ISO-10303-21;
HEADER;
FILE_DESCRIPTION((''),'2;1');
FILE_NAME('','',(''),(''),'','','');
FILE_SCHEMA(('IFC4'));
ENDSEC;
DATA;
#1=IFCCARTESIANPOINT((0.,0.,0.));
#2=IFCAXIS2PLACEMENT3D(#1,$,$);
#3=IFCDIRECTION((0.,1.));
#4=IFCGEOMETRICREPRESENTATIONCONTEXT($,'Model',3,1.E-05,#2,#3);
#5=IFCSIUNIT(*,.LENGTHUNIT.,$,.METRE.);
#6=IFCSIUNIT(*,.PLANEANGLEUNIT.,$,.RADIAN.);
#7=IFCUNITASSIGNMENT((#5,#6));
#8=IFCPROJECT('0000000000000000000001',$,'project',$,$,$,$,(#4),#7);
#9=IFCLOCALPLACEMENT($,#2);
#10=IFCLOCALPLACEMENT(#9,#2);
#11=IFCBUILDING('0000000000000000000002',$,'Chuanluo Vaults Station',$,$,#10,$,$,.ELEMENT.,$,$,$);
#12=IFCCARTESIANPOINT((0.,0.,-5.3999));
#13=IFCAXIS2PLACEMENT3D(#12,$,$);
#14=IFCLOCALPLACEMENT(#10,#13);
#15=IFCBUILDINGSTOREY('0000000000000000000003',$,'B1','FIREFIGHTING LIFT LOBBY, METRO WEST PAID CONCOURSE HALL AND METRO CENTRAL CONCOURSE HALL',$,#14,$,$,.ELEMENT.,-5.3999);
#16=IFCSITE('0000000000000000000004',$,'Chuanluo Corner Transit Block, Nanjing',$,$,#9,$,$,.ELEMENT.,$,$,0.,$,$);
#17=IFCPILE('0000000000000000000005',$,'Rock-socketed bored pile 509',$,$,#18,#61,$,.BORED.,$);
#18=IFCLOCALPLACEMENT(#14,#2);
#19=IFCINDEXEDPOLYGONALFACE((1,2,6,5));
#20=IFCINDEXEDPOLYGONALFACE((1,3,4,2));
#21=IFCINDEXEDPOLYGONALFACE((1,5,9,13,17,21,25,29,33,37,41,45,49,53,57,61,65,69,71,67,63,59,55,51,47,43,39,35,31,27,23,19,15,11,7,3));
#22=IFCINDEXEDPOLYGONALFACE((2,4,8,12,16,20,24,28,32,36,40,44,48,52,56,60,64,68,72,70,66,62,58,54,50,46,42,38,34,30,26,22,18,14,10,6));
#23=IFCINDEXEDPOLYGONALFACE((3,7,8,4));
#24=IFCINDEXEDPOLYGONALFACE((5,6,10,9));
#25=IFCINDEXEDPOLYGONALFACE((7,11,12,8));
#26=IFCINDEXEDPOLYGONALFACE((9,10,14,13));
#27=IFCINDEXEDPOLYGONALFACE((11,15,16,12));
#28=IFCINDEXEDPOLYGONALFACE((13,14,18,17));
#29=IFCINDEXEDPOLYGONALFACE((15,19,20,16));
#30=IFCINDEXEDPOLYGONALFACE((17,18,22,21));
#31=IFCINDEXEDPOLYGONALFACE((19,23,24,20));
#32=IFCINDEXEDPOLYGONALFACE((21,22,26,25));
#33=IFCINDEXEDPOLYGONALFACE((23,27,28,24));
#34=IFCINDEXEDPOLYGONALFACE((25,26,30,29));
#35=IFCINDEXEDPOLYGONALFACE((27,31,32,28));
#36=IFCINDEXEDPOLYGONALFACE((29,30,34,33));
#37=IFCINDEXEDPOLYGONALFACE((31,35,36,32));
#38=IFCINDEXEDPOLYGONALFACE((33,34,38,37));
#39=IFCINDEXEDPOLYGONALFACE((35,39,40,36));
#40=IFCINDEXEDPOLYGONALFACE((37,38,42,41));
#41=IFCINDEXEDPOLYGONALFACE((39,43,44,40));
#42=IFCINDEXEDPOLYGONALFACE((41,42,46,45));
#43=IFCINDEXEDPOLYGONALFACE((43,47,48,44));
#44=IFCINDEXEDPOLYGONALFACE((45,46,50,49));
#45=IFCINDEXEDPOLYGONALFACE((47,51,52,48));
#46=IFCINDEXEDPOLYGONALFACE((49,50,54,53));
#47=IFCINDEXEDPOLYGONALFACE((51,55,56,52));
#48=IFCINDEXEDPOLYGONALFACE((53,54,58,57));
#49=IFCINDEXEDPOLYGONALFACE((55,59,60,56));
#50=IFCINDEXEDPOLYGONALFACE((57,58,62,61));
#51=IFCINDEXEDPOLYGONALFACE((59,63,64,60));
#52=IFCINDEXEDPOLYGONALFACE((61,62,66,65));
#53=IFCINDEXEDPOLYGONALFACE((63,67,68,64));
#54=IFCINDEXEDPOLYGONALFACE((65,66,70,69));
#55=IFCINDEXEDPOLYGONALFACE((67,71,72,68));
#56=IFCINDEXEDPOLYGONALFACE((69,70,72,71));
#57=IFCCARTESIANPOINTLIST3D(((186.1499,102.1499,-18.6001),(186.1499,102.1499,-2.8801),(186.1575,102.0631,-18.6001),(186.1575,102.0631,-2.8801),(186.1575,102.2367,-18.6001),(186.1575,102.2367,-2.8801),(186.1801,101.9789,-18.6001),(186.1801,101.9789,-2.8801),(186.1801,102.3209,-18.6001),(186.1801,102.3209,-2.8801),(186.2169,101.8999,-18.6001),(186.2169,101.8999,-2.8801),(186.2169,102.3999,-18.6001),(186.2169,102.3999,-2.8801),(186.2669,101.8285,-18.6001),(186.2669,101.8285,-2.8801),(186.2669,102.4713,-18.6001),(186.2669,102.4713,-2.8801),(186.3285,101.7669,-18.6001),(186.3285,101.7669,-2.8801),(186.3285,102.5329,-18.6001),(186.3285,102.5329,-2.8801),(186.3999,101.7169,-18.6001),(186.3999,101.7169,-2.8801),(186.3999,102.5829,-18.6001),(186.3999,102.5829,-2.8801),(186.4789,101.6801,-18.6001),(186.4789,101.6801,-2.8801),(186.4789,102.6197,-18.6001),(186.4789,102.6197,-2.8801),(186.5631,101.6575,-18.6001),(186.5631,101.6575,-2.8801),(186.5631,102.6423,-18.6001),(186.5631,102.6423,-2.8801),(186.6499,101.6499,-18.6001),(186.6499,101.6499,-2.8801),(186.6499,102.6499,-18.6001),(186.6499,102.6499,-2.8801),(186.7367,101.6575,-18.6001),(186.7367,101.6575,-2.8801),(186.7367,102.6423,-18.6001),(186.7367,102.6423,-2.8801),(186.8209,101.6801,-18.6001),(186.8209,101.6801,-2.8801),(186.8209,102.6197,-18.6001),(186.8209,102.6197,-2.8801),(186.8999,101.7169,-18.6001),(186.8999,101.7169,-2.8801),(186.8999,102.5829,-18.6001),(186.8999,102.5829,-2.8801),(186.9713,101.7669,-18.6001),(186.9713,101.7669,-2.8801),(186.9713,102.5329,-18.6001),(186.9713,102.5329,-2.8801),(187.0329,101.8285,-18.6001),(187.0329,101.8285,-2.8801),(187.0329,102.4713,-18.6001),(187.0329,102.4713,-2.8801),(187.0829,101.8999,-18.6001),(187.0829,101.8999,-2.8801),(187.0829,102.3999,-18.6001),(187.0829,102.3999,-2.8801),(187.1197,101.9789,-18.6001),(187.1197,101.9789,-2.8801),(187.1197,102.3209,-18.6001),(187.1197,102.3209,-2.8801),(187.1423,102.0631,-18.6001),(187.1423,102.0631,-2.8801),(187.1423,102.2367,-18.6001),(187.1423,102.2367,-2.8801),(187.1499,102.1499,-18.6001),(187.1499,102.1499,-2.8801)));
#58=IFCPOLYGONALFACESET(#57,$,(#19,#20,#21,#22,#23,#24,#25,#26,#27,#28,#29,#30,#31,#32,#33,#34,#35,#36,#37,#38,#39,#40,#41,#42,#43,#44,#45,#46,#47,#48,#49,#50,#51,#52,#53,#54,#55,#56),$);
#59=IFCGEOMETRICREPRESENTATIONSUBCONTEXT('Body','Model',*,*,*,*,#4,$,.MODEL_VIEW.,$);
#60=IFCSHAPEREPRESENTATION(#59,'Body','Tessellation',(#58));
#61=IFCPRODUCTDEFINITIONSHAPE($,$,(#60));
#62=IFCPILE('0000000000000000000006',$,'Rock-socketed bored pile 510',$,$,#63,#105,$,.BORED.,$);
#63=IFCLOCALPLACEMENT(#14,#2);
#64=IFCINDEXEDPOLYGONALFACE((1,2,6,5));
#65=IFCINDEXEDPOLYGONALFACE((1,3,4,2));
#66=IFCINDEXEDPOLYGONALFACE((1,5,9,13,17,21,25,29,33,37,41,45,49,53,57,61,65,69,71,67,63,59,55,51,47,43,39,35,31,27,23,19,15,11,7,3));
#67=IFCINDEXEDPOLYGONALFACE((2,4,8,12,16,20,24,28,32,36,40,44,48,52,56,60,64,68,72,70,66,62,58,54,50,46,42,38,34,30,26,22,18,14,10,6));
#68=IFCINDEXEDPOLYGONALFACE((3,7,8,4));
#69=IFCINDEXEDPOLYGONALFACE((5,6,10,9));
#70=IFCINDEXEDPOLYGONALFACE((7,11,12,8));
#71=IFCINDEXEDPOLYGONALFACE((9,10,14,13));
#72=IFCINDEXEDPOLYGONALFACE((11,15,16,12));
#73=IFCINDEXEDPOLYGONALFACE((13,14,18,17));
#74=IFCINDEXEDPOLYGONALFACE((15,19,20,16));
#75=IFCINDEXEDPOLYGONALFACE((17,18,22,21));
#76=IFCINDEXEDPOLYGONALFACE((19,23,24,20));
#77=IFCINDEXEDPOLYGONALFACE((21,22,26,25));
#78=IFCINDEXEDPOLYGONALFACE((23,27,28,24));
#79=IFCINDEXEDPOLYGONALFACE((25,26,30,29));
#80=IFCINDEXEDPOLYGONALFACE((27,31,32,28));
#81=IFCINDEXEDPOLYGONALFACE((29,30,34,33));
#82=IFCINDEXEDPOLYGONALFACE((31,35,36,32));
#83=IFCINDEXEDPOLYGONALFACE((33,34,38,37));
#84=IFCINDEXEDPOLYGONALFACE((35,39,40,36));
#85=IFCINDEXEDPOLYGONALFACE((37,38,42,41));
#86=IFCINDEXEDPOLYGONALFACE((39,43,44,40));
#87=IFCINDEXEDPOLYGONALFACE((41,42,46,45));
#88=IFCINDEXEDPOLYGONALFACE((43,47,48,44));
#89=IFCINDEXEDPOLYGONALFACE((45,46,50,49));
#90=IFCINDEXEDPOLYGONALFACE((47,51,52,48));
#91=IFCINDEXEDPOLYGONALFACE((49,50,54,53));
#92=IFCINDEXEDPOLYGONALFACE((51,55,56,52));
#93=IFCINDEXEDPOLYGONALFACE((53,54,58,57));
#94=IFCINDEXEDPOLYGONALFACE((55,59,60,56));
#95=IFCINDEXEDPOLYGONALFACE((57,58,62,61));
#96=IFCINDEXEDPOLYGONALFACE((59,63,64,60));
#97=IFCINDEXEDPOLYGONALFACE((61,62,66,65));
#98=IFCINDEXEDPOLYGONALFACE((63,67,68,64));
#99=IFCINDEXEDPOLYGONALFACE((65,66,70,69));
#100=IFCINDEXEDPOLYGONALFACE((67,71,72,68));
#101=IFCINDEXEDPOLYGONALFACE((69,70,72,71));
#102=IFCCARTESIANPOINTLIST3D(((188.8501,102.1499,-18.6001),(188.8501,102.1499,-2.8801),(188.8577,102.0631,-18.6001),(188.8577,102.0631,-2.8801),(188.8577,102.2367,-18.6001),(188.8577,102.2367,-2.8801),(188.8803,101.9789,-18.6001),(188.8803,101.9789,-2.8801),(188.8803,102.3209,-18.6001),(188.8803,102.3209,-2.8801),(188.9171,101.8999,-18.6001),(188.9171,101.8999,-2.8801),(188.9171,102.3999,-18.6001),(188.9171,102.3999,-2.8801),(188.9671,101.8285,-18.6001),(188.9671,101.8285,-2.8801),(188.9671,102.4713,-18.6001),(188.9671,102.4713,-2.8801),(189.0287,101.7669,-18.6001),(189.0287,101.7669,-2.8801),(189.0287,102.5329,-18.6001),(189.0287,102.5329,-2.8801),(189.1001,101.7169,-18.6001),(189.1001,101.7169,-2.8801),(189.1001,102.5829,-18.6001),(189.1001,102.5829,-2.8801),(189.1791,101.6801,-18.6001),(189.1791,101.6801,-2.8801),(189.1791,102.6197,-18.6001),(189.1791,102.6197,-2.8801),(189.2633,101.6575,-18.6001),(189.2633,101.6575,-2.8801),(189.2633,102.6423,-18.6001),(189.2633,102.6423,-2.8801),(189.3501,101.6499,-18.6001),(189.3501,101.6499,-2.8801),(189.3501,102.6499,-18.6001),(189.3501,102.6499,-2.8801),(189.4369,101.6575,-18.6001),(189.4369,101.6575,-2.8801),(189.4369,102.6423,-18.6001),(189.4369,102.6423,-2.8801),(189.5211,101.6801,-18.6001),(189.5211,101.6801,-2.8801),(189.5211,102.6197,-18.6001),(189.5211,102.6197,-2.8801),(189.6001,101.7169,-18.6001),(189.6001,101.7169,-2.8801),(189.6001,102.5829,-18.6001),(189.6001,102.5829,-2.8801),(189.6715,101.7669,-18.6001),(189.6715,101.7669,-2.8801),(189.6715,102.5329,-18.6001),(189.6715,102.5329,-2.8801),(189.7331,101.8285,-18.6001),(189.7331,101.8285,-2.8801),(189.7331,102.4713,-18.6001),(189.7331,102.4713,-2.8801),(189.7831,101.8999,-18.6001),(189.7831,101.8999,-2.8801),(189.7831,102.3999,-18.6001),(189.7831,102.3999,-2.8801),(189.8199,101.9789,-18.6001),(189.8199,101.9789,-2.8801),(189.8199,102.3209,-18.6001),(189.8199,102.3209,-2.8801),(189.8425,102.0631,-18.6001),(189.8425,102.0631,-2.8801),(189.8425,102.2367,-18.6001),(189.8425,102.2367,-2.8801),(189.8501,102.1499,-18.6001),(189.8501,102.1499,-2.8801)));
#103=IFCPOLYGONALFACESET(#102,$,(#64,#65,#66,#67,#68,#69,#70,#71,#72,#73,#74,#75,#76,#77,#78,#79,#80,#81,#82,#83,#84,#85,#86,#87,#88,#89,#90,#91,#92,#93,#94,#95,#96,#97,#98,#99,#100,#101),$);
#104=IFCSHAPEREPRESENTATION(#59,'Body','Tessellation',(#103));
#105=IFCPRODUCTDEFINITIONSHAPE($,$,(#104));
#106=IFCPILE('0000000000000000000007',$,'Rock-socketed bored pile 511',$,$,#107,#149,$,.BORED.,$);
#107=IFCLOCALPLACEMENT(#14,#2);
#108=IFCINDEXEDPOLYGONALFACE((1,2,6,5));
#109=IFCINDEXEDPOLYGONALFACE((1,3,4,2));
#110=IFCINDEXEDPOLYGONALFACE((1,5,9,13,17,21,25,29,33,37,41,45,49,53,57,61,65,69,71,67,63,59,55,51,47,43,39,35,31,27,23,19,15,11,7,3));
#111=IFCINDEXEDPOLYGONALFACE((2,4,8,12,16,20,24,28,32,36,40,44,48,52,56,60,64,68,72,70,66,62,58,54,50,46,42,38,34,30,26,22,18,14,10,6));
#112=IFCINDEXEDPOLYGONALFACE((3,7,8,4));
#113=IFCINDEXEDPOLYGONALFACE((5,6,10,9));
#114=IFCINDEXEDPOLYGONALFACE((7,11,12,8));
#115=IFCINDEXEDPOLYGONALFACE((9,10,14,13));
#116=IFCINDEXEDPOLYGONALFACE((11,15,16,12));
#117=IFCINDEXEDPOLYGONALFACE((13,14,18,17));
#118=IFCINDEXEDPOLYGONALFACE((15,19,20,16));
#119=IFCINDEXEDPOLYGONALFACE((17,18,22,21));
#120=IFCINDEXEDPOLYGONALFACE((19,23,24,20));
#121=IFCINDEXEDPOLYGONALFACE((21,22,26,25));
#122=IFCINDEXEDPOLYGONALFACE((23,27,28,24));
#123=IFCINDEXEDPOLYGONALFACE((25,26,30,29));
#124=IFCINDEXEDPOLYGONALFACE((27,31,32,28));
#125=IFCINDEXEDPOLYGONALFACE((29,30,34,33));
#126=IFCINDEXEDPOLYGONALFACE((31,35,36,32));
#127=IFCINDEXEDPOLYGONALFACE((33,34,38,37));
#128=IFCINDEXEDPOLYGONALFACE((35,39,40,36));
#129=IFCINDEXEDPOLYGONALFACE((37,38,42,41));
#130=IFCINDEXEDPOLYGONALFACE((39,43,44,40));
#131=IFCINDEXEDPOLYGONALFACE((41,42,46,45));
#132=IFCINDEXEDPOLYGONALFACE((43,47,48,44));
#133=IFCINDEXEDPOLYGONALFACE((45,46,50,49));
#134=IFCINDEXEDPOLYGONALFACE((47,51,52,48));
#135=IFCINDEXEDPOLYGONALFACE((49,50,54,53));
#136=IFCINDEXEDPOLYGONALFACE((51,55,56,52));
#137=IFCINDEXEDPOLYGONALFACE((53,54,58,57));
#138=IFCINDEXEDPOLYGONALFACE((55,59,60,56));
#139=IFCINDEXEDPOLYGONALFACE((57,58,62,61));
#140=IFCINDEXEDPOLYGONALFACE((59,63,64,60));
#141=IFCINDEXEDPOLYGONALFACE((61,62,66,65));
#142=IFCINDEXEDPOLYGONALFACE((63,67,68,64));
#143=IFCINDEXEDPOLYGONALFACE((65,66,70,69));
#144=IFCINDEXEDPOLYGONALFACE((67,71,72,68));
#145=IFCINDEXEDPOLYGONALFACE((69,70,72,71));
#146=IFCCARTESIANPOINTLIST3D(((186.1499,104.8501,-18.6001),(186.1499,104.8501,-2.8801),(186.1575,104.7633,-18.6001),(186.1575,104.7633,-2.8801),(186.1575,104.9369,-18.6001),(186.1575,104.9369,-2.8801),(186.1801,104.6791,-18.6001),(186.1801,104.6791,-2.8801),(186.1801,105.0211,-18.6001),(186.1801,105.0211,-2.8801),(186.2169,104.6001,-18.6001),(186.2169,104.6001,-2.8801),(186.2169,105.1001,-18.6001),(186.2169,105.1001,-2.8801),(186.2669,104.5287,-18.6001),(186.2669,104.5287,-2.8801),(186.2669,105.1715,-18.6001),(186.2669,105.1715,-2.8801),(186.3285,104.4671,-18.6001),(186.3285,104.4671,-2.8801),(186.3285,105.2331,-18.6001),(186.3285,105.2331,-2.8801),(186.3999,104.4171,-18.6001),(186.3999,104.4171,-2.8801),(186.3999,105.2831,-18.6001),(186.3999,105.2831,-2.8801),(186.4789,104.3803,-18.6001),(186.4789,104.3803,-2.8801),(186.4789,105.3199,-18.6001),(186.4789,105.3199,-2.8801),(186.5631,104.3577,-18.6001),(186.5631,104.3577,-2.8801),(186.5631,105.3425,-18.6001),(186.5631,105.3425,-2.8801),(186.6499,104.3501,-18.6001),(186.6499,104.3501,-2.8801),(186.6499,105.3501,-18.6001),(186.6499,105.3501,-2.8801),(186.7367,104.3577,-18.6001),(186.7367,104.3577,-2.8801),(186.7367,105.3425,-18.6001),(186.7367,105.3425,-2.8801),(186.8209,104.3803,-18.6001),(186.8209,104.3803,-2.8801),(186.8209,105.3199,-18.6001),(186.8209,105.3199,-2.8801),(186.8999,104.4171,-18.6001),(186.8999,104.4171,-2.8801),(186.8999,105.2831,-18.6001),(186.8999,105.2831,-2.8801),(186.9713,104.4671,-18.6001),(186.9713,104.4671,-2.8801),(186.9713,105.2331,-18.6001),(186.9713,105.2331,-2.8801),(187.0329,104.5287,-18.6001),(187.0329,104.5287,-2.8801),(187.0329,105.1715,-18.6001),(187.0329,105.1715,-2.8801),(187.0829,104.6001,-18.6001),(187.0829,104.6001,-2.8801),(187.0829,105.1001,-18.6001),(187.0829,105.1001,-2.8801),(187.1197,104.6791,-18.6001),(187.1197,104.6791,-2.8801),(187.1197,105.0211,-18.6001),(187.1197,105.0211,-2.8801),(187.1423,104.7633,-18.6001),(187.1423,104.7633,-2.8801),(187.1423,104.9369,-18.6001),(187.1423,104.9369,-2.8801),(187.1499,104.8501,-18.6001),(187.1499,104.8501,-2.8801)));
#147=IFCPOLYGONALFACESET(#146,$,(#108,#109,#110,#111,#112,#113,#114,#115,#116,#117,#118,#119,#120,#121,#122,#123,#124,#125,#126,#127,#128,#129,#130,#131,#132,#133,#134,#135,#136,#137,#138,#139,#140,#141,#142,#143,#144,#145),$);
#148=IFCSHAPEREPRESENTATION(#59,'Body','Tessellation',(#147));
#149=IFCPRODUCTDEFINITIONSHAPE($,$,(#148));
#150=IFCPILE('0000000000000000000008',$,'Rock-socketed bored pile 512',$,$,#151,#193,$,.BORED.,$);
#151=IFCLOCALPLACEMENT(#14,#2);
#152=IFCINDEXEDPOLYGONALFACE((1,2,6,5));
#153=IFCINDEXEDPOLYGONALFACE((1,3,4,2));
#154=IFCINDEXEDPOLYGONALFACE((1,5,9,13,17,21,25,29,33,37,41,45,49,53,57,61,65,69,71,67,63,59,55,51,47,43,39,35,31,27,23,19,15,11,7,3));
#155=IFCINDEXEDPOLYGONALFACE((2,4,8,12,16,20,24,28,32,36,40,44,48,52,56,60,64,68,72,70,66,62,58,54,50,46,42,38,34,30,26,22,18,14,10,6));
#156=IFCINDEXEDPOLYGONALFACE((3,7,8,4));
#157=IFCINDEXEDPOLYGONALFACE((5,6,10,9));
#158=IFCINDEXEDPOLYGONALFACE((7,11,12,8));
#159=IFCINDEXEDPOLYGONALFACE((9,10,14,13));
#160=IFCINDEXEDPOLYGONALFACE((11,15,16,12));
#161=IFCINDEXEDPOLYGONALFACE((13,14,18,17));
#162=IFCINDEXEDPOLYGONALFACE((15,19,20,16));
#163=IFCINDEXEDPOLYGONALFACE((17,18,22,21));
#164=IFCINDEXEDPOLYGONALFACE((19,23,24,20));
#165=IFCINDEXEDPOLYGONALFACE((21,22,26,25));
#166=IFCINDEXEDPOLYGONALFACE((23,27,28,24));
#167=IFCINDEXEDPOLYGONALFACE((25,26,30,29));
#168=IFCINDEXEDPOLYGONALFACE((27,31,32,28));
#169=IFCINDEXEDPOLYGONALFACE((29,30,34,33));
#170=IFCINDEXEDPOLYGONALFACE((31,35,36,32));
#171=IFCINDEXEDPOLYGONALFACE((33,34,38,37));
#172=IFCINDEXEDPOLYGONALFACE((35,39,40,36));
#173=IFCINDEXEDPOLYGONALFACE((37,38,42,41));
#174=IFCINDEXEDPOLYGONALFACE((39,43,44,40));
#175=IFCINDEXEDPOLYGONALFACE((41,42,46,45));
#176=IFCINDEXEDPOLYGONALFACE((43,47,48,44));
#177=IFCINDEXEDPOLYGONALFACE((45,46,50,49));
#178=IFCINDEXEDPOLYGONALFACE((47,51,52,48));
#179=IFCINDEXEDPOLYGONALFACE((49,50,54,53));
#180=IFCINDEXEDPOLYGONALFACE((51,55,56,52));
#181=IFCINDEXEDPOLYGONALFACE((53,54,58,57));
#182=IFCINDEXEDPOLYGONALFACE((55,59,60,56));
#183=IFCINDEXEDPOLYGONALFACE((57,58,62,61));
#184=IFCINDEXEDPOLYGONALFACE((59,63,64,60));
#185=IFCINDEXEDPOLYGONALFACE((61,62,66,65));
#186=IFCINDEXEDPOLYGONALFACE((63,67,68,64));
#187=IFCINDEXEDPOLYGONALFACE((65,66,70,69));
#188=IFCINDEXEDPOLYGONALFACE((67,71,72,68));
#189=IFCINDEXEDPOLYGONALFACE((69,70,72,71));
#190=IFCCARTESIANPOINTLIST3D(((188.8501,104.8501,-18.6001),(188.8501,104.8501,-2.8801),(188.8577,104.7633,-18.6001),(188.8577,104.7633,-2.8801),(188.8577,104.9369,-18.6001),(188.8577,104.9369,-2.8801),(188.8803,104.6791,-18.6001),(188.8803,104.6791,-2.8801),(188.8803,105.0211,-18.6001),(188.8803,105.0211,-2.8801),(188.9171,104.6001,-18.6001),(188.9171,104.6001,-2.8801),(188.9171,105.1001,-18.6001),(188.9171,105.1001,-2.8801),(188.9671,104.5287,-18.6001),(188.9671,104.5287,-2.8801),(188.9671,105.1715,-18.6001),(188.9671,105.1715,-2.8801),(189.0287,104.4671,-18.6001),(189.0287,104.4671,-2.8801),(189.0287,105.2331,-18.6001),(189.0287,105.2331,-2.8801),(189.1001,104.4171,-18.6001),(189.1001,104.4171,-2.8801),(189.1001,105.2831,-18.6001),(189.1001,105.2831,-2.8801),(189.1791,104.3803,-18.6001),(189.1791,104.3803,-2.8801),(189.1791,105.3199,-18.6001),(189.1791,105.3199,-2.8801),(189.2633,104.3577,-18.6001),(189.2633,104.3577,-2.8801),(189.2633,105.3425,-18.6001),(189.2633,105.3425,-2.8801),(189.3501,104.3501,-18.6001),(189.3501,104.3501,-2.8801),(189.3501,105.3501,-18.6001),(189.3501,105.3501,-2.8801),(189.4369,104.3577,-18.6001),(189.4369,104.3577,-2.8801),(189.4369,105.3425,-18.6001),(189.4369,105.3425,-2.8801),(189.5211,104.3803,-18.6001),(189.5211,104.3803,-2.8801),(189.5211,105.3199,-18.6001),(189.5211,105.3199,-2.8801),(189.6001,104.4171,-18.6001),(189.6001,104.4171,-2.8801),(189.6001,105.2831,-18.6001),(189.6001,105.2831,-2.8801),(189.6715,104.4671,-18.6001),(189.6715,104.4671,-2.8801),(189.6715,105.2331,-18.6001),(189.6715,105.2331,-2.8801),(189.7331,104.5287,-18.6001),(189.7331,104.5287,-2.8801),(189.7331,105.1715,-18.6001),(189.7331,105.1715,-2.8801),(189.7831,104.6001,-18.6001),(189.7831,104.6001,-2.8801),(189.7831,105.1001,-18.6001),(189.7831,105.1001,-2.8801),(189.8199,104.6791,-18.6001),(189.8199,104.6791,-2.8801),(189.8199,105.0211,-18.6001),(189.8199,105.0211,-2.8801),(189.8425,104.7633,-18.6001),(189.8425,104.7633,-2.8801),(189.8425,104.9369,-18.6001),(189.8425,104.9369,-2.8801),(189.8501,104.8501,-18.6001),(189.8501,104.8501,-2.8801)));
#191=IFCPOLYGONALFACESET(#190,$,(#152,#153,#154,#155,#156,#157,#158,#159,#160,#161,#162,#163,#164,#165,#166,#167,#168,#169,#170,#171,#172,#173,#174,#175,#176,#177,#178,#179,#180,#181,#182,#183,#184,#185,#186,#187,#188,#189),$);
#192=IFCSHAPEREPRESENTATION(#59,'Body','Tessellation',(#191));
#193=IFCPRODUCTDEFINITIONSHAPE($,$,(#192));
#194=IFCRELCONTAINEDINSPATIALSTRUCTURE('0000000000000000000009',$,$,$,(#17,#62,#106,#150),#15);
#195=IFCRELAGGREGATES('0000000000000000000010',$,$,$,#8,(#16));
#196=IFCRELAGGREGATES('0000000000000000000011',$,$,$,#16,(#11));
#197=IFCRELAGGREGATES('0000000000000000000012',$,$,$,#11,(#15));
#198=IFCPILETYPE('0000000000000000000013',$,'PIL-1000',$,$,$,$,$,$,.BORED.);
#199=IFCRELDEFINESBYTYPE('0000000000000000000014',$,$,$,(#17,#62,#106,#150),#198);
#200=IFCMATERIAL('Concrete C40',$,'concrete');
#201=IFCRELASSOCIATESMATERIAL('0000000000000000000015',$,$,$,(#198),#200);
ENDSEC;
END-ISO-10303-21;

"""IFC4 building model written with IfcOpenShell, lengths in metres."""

from ifc_helpers import new_model, si_unit, direction, frame, origin, origin_2d, place, context, subcontext, project, spatial, circle, extrude, material, material_profile, profile_set, type_object, element, save


model = new_model("IFC4")

# Units and contexts
model_context = context("Model", 3, precision=1e-05, world=origin(), true_north=direction((0.0, 1.0)))
body_context = subcontext(model_context, "Body", "Model", "MODEL_VIEW")
ifc_project = project(units=[si_unit("LENGTHUNIT", "METRE"), si_unit("PLANEANGLEUNIT", "RADIAN")], contexts=[model_context])

# Site, building, storey
site_placement = place(None, origin())
site = spatial("IfcSite", under=ifc_project, at=site_placement, Name="Chuanluo Corner Transit Block, Nanjing", CompositionType="ELEMENT", RefElevation=0.0)
building_placement = place(site_placement, origin())
building = spatial("IfcBuilding", under=site, at=building_placement, Name="Chuanluo Vaults Station", CompositionType="ELEMENT")
storey_placement = place(building_placement, frame((0.0, 0.0, -5.3999)))
storey = spatial("IfcBuildingStorey", under=building, at=storey_placement, Name="B1", Description="FIREFIGHTING LIFT LOBBY, METRO WEST PAID CONCOURSE HALL AND METRO CENTRAL CONCOURSE HALL", CompositionType="ELEMENT", Elevation=-5.3999)

# Piles
ifc_material_1 = material(Name="Concrete C40", Category="concrete")
ifc_material_profile_1 = material_profile(ifc_material_1, circle(Radius=0.5, at=origin_2d()))
ifc_profile_set_1 = profile_set([ifc_material_profile_1], Name="Concrete C40")
pile_type_1 = type_object("IfcPileType", Name="PIL-1000", PredefinedType="BORED", material=ifc_profile_set_1)
for number, where, z_axis, x_axis, name in (
    (1, (186.6499, 102.1499, -2.8801), (0.0, 0.0, -1.0), (1.0, 0.0, 0.0), "Rock-socketed bored pile 509"),
    (2, (189.3501, 102.1499, -2.8801), (0.0, 0.0, -1.0), (1.0, 0.0, 0.0), "Rock-socketed bored pile 510"),
    (3, (186.6499, 104.8501, -2.8801), (0.0, 0.0, -1.0), (1.0, 0.0, 0.0), "Rock-socketed bored pile 511"),
    (4, (189.3501, 104.8501, -2.8801), (0.0, 0.0, -1.0), (1.0, 0.0, 0.0), "Rock-socketed bored pile 512"),
):
    element("IfcPile", number, at=place(storey_placement, frame(where, z_axis=z_axis, x_axis=x_axis)), inside=storey, type_object=pile_type_1, Name=name, PredefinedType="BORED", context=body_context, shape_type="SweptSolid", body=[
        extrude(circle(Radius=0.5, at=origin_2d()), origin(), (0.0, 0.0, 1.0), 15.72),
    ])

save(model, "model.ifc")
